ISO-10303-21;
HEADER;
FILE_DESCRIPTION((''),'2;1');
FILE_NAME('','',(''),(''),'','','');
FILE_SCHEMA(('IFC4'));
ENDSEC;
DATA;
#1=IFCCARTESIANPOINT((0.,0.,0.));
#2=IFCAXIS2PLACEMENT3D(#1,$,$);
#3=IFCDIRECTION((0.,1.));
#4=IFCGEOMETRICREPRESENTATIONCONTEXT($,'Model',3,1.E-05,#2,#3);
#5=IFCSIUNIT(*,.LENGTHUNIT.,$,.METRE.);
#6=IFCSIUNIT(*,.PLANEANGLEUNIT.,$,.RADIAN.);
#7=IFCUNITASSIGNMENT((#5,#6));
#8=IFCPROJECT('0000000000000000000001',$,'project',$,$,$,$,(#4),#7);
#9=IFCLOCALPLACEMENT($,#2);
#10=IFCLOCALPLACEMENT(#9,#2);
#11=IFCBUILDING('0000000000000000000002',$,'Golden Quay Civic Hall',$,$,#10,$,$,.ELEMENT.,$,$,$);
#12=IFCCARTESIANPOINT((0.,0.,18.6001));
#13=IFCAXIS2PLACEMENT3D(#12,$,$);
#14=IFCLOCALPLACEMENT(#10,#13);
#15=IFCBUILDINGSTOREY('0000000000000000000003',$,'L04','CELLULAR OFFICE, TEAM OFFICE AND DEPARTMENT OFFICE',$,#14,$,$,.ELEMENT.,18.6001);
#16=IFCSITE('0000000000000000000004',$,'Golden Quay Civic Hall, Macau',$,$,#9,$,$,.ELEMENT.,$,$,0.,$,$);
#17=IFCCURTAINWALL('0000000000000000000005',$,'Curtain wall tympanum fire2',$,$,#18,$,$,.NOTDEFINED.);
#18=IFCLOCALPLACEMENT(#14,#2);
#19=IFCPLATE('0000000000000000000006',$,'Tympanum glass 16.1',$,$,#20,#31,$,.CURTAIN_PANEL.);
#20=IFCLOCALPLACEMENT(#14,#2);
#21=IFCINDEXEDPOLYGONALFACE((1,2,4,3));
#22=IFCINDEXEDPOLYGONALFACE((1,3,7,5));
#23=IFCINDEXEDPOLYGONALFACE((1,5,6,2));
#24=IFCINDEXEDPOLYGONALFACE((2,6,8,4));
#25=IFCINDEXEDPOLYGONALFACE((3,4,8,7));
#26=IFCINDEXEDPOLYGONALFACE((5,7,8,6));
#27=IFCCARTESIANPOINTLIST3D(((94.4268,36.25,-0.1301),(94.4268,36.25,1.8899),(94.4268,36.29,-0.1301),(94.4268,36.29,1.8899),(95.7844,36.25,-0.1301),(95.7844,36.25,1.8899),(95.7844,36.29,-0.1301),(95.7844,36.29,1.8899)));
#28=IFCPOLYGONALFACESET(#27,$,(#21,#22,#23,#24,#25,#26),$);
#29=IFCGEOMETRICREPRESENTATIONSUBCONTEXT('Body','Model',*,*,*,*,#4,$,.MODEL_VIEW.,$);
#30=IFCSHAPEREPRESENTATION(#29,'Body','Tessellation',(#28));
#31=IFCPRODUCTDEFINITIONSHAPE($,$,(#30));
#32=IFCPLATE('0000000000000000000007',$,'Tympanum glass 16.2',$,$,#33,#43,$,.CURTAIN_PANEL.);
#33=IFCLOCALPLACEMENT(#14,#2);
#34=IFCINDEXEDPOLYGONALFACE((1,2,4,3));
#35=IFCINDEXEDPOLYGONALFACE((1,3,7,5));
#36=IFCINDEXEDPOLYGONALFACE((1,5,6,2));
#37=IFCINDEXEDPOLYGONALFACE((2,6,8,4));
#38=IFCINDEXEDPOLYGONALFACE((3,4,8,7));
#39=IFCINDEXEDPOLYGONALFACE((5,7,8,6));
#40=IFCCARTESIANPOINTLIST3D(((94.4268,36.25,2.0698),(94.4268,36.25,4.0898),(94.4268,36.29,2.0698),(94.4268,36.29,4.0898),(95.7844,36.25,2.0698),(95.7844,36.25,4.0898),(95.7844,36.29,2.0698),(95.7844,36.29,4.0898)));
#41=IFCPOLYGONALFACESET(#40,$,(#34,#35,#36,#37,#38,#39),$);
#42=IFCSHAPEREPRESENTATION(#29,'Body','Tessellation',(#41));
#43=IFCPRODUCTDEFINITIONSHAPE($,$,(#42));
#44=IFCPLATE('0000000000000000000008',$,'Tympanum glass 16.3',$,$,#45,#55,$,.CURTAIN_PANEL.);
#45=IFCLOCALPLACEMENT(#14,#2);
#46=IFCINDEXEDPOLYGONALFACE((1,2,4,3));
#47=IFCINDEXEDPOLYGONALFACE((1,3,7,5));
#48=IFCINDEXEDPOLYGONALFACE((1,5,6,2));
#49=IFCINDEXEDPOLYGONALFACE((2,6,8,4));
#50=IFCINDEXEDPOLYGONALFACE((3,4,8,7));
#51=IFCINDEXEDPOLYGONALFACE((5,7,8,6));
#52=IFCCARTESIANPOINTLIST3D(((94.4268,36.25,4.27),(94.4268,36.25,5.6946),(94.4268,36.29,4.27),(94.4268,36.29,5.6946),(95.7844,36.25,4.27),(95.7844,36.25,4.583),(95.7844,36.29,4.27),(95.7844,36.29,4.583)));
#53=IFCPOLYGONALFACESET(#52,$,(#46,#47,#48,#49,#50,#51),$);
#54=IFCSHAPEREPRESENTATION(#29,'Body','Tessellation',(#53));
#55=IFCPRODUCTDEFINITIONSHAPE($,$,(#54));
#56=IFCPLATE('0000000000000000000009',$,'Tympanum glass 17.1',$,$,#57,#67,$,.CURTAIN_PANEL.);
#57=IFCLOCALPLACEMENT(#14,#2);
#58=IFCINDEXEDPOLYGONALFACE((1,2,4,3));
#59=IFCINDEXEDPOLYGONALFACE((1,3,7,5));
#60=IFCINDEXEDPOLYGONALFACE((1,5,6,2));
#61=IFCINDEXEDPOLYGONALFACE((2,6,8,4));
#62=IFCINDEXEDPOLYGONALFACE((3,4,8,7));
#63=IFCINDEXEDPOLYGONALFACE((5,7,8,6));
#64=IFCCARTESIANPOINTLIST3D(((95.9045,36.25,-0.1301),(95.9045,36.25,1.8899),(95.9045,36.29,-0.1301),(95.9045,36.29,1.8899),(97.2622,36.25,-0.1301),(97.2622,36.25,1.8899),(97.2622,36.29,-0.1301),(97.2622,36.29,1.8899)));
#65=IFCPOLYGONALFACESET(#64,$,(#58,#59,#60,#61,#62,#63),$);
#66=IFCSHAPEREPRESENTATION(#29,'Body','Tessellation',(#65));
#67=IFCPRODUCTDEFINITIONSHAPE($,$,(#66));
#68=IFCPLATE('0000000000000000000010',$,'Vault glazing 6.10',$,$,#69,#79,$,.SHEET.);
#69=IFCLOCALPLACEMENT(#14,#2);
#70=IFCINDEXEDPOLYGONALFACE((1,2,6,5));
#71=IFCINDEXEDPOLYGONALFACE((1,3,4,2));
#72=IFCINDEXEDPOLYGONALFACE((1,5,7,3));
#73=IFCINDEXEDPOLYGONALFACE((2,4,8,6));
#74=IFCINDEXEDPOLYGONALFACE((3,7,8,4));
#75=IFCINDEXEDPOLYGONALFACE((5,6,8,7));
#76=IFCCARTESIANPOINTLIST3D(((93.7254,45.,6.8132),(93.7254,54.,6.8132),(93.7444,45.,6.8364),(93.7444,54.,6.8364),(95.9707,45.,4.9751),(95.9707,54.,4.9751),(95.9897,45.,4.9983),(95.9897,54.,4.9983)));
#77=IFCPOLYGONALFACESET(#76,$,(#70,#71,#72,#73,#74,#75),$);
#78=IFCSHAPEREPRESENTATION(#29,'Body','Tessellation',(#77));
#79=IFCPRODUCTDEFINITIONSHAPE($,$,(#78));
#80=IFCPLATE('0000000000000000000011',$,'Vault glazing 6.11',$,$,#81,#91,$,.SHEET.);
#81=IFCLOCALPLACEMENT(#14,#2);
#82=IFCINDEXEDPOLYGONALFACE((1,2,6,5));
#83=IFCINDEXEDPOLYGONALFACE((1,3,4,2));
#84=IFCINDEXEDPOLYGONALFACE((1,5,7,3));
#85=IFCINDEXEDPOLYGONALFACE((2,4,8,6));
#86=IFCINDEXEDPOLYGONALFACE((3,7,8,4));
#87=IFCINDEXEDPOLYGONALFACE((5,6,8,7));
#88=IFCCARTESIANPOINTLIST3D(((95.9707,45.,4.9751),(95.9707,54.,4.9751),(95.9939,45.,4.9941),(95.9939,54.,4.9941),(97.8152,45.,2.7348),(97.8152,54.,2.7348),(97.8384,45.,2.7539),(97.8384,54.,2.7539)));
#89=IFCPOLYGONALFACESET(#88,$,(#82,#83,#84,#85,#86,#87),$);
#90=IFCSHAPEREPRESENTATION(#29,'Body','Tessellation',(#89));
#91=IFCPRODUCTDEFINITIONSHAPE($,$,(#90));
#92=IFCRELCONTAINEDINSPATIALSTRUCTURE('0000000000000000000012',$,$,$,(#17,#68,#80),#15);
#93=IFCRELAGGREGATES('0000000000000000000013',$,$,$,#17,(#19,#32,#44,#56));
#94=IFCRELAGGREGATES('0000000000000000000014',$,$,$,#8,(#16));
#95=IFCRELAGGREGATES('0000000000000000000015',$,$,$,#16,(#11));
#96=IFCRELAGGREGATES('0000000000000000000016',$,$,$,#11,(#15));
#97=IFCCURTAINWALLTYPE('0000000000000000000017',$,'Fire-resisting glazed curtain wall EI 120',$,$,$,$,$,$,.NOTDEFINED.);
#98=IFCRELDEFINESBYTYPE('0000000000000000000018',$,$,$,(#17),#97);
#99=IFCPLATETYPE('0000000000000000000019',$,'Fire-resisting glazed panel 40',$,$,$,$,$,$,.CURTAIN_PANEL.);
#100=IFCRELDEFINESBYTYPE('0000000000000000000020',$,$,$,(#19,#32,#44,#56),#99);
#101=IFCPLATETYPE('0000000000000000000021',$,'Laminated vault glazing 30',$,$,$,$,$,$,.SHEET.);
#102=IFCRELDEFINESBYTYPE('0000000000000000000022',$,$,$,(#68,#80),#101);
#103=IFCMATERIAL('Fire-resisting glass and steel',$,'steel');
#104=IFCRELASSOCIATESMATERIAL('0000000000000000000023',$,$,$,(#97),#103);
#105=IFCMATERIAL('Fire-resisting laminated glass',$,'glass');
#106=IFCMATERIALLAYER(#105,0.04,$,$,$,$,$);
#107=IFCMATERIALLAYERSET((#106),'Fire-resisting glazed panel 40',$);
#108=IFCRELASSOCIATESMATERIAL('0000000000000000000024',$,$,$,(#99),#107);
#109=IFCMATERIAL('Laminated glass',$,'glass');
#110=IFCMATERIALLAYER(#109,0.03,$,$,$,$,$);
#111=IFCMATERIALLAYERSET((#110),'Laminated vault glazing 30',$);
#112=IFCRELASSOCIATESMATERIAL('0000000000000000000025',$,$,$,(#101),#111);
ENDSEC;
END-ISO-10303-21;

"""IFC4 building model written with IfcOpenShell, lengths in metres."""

from ifc_helpers import new_model, si_unit, direction, frame, origin, place, context, subcontext, project, spatial, polyline, outline, extrude, material, layer, layer_set, type_object, element, aggregate, save


model = new_model("IFC4")

# Units and contexts
model_context = context("Model", 3, precision=1e-05, world=origin(), true_north=direction((0.0, 1.0)))
body_context = subcontext(model_context, "Body", "Model", "MODEL_VIEW")
ifc_project = project(units=[si_unit("LENGTHUNIT", "METRE"), si_unit("PLANEANGLEUNIT", "RADIAN")], contexts=[model_context])

# Site, building, storey
site_placement = place(None, origin())
site = spatial("IfcSite", under=ifc_project, at=site_placement, Name="Golden Quay Civic Hall, Macau", CompositionType="ELEMENT", RefElevation=0.0)
building_placement = place(site_placement, origin())
building = spatial("IfcBuilding", under=site, at=building_placement, Name="Golden Quay Civic Hall", CompositionType="ELEMENT")
storey_placement = place(building_placement, frame((0.0, 0.0, 18.6001)))
storey = spatial("IfcBuildingStorey", under=building, at=storey_placement, Name="L04", Description="CELLULAR OFFICE, TEAM OFFICE AND DEPARTMENT OFFICE", CompositionType="ELEMENT", Elevation=18.6001)

# Curtain wall
ifc_material_1 = material(Name="Fire-resisting glass and steel", Category="steel")
curtain_wall_type = type_object("IfcCurtainWallType", Name="Fire-resisting glazed curtain wall EI 120", PredefinedType="NOTDEFINED", material=ifc_material_1)
curtain_wall_placement = place(storey_placement, origin())
curtain_wall = element("IfcCurtainWall", 1, at=curtain_wall_placement, inside=storey, type_object=curtain_wall_type, Name="Curtain wall tympanum fire2", PredefinedType="NOTDEFINED")

# Plates
ifc_material_2 = material(Name="Fire-resisting laminated glass", Category="glass")
ifc_layer_1 = layer(ifc_material_2, 0.04)
ifc_layer_set_1 = layer_set([ifc_layer_1], Name="Fire-resisting glazed panel 40")
plate_type_1 = type_object("IfcPlateType", Name="Fire-resisting glazed panel 40", PredefinedType="CURTAIN_PANEL", material=ifc_layer_set_1)
plate_1_placement = place(storey_placement, frame((95.7844, 36.29, -0.1301), z_axis=(0.0, 1.0, 0.0), x_axis=(-1.0, 0.0, 0.0)))
plate_1 = element("IfcPlate", 2, at=plate_1_placement, type_object=plate_type_1, Name="Tympanum glass 16.1", PredefinedType="CURTAIN_PANEL", context=body_context, shape_type="SweptSolid", body=[
    extrude(outline(polyline([(0.0, 0.0), (1.3577, 0.0), (1.3577, 2.02), (0.0, 2.02), (0.0, 0.0)])), origin(), (0.0, 0.0, -1.0), 0.04),
])
plate_2_placement = place(storey_placement, frame((95.7844, 36.29, 2.0698), z_axis=(0.0, 1.0, 0.0), x_axis=(-1.0, 0.0, 0.0)))
plate_2 = element("IfcPlate", 3, at=plate_2_placement, type_object=plate_type_1, Name="Tympanum glass 16.2", PredefinedType="CURTAIN_PANEL", context=body_context, shape_type="SweptSolid", body=[
    extrude(outline(polyline([(0.0, 0.0), (1.3577, 0.0), (1.3577, 2.02), (0.0, 2.02), (0.0, 0.0)])), origin(), (0.0, 0.0, -1.0), 0.04),
])
plate_3_placement = place(storey_placement, frame((95.7844, 36.29, 4.27), z_axis=(0.0, 1.0, 0.0), x_axis=(-1.0, 0.0, 0.0)))
plate_3 = element("IfcPlate", 4, at=plate_3_placement, type_object=plate_type_1, Name="Tympanum glass 16.3", PredefinedType="CURTAIN_PANEL", context=body_context, shape_type="SweptSolid", body=[
    extrude(outline(polyline([(0.0, 0.0), (1.3577, 0.0), (1.3577, 1.4246), (0.0, 0.313), (0.0, 0.0)])), origin(), (0.0, 0.0, -1.0), 0.04),
])
plate_4_placement = place(storey_placement, frame((97.2622, 36.29, -0.1301), z_axis=(0.0, 1.0, 0.0), x_axis=(-1.0, 0.0, 0.0)))
plate_4 = element("IfcPlate", 5, at=plate_4_placement, type_object=plate_type_1, Name="Tympanum glass 17.1", PredefinedType="CURTAIN_PANEL", context=body_context, shape_type="SweptSolid", body=[
    extrude(outline(polyline([(0.0, 0.0), (1.3577, 0.0), (1.3577, 2.02), (0.0, 2.02), (0.0, 0.0)])), origin(), (0.0, 0.0, -1.0), 0.04),
])
aggregate(curtain_wall, [plate_1, plate_2, plate_3, plate_4])

# Plates
ifc_material_3 = material(Name="Laminated glass", Category="glass")
ifc_layer_2 = layer(ifc_material_3, 0.03)
ifc_layer_set_2 = layer_set([ifc_layer_2], Name="Laminated vault glazing 30")
plate_type_2 = type_object("IfcPlateType", Name="Laminated vault glazing 30", PredefinedType="SHEET", material=ifc_layer_set_2)
plate_5_placement = place(storey_placement, frame((93.7444, 45.0, 6.8364), z_axis=(0.633449, 0.0, 0.773785), x_axis=(0.773785, 0.0, -0.633449)))
element("IfcPlate", 6, at=plate_5_placement, inside=storey, type_object=plate_type_2, Name="Vault glazing 6.10", PredefinedType="SHEET", context=body_context, shape_type="SweptSolid", body=[
    extrude(outline(polyline([(0.0, 0.0), (2.9018, 0.0), (2.9018, 9.0), (0.0, 9.0), (0.0, 0.0)])), origin(), (0.0, 0.0, -1.0), 0.03),
])
plate_6_placement = place(storey_placement, frame((95.9939, 45.0, 4.9941), z_axis=(0.772001, 0.0, 0.635622), x_axis=(0.635622, 0.0, -0.772001)))
element("IfcPlate", 7, at=plate_6_placement, inside=storey, type_object=plate_type_2, Name="Vault glazing 6.11", PredefinedType="SHEET", context=body_context, shape_type="SweptSolid", body=[
    extrude(outline(polyline([(0.0, 0.0), (2.9019, 0.0), (2.9019, 9.0), (0.0, 9.0), (0.0, 0.0)])), origin(), (0.0, 0.0, -1.0), 0.03),
])

save(model, "model.ifc")
